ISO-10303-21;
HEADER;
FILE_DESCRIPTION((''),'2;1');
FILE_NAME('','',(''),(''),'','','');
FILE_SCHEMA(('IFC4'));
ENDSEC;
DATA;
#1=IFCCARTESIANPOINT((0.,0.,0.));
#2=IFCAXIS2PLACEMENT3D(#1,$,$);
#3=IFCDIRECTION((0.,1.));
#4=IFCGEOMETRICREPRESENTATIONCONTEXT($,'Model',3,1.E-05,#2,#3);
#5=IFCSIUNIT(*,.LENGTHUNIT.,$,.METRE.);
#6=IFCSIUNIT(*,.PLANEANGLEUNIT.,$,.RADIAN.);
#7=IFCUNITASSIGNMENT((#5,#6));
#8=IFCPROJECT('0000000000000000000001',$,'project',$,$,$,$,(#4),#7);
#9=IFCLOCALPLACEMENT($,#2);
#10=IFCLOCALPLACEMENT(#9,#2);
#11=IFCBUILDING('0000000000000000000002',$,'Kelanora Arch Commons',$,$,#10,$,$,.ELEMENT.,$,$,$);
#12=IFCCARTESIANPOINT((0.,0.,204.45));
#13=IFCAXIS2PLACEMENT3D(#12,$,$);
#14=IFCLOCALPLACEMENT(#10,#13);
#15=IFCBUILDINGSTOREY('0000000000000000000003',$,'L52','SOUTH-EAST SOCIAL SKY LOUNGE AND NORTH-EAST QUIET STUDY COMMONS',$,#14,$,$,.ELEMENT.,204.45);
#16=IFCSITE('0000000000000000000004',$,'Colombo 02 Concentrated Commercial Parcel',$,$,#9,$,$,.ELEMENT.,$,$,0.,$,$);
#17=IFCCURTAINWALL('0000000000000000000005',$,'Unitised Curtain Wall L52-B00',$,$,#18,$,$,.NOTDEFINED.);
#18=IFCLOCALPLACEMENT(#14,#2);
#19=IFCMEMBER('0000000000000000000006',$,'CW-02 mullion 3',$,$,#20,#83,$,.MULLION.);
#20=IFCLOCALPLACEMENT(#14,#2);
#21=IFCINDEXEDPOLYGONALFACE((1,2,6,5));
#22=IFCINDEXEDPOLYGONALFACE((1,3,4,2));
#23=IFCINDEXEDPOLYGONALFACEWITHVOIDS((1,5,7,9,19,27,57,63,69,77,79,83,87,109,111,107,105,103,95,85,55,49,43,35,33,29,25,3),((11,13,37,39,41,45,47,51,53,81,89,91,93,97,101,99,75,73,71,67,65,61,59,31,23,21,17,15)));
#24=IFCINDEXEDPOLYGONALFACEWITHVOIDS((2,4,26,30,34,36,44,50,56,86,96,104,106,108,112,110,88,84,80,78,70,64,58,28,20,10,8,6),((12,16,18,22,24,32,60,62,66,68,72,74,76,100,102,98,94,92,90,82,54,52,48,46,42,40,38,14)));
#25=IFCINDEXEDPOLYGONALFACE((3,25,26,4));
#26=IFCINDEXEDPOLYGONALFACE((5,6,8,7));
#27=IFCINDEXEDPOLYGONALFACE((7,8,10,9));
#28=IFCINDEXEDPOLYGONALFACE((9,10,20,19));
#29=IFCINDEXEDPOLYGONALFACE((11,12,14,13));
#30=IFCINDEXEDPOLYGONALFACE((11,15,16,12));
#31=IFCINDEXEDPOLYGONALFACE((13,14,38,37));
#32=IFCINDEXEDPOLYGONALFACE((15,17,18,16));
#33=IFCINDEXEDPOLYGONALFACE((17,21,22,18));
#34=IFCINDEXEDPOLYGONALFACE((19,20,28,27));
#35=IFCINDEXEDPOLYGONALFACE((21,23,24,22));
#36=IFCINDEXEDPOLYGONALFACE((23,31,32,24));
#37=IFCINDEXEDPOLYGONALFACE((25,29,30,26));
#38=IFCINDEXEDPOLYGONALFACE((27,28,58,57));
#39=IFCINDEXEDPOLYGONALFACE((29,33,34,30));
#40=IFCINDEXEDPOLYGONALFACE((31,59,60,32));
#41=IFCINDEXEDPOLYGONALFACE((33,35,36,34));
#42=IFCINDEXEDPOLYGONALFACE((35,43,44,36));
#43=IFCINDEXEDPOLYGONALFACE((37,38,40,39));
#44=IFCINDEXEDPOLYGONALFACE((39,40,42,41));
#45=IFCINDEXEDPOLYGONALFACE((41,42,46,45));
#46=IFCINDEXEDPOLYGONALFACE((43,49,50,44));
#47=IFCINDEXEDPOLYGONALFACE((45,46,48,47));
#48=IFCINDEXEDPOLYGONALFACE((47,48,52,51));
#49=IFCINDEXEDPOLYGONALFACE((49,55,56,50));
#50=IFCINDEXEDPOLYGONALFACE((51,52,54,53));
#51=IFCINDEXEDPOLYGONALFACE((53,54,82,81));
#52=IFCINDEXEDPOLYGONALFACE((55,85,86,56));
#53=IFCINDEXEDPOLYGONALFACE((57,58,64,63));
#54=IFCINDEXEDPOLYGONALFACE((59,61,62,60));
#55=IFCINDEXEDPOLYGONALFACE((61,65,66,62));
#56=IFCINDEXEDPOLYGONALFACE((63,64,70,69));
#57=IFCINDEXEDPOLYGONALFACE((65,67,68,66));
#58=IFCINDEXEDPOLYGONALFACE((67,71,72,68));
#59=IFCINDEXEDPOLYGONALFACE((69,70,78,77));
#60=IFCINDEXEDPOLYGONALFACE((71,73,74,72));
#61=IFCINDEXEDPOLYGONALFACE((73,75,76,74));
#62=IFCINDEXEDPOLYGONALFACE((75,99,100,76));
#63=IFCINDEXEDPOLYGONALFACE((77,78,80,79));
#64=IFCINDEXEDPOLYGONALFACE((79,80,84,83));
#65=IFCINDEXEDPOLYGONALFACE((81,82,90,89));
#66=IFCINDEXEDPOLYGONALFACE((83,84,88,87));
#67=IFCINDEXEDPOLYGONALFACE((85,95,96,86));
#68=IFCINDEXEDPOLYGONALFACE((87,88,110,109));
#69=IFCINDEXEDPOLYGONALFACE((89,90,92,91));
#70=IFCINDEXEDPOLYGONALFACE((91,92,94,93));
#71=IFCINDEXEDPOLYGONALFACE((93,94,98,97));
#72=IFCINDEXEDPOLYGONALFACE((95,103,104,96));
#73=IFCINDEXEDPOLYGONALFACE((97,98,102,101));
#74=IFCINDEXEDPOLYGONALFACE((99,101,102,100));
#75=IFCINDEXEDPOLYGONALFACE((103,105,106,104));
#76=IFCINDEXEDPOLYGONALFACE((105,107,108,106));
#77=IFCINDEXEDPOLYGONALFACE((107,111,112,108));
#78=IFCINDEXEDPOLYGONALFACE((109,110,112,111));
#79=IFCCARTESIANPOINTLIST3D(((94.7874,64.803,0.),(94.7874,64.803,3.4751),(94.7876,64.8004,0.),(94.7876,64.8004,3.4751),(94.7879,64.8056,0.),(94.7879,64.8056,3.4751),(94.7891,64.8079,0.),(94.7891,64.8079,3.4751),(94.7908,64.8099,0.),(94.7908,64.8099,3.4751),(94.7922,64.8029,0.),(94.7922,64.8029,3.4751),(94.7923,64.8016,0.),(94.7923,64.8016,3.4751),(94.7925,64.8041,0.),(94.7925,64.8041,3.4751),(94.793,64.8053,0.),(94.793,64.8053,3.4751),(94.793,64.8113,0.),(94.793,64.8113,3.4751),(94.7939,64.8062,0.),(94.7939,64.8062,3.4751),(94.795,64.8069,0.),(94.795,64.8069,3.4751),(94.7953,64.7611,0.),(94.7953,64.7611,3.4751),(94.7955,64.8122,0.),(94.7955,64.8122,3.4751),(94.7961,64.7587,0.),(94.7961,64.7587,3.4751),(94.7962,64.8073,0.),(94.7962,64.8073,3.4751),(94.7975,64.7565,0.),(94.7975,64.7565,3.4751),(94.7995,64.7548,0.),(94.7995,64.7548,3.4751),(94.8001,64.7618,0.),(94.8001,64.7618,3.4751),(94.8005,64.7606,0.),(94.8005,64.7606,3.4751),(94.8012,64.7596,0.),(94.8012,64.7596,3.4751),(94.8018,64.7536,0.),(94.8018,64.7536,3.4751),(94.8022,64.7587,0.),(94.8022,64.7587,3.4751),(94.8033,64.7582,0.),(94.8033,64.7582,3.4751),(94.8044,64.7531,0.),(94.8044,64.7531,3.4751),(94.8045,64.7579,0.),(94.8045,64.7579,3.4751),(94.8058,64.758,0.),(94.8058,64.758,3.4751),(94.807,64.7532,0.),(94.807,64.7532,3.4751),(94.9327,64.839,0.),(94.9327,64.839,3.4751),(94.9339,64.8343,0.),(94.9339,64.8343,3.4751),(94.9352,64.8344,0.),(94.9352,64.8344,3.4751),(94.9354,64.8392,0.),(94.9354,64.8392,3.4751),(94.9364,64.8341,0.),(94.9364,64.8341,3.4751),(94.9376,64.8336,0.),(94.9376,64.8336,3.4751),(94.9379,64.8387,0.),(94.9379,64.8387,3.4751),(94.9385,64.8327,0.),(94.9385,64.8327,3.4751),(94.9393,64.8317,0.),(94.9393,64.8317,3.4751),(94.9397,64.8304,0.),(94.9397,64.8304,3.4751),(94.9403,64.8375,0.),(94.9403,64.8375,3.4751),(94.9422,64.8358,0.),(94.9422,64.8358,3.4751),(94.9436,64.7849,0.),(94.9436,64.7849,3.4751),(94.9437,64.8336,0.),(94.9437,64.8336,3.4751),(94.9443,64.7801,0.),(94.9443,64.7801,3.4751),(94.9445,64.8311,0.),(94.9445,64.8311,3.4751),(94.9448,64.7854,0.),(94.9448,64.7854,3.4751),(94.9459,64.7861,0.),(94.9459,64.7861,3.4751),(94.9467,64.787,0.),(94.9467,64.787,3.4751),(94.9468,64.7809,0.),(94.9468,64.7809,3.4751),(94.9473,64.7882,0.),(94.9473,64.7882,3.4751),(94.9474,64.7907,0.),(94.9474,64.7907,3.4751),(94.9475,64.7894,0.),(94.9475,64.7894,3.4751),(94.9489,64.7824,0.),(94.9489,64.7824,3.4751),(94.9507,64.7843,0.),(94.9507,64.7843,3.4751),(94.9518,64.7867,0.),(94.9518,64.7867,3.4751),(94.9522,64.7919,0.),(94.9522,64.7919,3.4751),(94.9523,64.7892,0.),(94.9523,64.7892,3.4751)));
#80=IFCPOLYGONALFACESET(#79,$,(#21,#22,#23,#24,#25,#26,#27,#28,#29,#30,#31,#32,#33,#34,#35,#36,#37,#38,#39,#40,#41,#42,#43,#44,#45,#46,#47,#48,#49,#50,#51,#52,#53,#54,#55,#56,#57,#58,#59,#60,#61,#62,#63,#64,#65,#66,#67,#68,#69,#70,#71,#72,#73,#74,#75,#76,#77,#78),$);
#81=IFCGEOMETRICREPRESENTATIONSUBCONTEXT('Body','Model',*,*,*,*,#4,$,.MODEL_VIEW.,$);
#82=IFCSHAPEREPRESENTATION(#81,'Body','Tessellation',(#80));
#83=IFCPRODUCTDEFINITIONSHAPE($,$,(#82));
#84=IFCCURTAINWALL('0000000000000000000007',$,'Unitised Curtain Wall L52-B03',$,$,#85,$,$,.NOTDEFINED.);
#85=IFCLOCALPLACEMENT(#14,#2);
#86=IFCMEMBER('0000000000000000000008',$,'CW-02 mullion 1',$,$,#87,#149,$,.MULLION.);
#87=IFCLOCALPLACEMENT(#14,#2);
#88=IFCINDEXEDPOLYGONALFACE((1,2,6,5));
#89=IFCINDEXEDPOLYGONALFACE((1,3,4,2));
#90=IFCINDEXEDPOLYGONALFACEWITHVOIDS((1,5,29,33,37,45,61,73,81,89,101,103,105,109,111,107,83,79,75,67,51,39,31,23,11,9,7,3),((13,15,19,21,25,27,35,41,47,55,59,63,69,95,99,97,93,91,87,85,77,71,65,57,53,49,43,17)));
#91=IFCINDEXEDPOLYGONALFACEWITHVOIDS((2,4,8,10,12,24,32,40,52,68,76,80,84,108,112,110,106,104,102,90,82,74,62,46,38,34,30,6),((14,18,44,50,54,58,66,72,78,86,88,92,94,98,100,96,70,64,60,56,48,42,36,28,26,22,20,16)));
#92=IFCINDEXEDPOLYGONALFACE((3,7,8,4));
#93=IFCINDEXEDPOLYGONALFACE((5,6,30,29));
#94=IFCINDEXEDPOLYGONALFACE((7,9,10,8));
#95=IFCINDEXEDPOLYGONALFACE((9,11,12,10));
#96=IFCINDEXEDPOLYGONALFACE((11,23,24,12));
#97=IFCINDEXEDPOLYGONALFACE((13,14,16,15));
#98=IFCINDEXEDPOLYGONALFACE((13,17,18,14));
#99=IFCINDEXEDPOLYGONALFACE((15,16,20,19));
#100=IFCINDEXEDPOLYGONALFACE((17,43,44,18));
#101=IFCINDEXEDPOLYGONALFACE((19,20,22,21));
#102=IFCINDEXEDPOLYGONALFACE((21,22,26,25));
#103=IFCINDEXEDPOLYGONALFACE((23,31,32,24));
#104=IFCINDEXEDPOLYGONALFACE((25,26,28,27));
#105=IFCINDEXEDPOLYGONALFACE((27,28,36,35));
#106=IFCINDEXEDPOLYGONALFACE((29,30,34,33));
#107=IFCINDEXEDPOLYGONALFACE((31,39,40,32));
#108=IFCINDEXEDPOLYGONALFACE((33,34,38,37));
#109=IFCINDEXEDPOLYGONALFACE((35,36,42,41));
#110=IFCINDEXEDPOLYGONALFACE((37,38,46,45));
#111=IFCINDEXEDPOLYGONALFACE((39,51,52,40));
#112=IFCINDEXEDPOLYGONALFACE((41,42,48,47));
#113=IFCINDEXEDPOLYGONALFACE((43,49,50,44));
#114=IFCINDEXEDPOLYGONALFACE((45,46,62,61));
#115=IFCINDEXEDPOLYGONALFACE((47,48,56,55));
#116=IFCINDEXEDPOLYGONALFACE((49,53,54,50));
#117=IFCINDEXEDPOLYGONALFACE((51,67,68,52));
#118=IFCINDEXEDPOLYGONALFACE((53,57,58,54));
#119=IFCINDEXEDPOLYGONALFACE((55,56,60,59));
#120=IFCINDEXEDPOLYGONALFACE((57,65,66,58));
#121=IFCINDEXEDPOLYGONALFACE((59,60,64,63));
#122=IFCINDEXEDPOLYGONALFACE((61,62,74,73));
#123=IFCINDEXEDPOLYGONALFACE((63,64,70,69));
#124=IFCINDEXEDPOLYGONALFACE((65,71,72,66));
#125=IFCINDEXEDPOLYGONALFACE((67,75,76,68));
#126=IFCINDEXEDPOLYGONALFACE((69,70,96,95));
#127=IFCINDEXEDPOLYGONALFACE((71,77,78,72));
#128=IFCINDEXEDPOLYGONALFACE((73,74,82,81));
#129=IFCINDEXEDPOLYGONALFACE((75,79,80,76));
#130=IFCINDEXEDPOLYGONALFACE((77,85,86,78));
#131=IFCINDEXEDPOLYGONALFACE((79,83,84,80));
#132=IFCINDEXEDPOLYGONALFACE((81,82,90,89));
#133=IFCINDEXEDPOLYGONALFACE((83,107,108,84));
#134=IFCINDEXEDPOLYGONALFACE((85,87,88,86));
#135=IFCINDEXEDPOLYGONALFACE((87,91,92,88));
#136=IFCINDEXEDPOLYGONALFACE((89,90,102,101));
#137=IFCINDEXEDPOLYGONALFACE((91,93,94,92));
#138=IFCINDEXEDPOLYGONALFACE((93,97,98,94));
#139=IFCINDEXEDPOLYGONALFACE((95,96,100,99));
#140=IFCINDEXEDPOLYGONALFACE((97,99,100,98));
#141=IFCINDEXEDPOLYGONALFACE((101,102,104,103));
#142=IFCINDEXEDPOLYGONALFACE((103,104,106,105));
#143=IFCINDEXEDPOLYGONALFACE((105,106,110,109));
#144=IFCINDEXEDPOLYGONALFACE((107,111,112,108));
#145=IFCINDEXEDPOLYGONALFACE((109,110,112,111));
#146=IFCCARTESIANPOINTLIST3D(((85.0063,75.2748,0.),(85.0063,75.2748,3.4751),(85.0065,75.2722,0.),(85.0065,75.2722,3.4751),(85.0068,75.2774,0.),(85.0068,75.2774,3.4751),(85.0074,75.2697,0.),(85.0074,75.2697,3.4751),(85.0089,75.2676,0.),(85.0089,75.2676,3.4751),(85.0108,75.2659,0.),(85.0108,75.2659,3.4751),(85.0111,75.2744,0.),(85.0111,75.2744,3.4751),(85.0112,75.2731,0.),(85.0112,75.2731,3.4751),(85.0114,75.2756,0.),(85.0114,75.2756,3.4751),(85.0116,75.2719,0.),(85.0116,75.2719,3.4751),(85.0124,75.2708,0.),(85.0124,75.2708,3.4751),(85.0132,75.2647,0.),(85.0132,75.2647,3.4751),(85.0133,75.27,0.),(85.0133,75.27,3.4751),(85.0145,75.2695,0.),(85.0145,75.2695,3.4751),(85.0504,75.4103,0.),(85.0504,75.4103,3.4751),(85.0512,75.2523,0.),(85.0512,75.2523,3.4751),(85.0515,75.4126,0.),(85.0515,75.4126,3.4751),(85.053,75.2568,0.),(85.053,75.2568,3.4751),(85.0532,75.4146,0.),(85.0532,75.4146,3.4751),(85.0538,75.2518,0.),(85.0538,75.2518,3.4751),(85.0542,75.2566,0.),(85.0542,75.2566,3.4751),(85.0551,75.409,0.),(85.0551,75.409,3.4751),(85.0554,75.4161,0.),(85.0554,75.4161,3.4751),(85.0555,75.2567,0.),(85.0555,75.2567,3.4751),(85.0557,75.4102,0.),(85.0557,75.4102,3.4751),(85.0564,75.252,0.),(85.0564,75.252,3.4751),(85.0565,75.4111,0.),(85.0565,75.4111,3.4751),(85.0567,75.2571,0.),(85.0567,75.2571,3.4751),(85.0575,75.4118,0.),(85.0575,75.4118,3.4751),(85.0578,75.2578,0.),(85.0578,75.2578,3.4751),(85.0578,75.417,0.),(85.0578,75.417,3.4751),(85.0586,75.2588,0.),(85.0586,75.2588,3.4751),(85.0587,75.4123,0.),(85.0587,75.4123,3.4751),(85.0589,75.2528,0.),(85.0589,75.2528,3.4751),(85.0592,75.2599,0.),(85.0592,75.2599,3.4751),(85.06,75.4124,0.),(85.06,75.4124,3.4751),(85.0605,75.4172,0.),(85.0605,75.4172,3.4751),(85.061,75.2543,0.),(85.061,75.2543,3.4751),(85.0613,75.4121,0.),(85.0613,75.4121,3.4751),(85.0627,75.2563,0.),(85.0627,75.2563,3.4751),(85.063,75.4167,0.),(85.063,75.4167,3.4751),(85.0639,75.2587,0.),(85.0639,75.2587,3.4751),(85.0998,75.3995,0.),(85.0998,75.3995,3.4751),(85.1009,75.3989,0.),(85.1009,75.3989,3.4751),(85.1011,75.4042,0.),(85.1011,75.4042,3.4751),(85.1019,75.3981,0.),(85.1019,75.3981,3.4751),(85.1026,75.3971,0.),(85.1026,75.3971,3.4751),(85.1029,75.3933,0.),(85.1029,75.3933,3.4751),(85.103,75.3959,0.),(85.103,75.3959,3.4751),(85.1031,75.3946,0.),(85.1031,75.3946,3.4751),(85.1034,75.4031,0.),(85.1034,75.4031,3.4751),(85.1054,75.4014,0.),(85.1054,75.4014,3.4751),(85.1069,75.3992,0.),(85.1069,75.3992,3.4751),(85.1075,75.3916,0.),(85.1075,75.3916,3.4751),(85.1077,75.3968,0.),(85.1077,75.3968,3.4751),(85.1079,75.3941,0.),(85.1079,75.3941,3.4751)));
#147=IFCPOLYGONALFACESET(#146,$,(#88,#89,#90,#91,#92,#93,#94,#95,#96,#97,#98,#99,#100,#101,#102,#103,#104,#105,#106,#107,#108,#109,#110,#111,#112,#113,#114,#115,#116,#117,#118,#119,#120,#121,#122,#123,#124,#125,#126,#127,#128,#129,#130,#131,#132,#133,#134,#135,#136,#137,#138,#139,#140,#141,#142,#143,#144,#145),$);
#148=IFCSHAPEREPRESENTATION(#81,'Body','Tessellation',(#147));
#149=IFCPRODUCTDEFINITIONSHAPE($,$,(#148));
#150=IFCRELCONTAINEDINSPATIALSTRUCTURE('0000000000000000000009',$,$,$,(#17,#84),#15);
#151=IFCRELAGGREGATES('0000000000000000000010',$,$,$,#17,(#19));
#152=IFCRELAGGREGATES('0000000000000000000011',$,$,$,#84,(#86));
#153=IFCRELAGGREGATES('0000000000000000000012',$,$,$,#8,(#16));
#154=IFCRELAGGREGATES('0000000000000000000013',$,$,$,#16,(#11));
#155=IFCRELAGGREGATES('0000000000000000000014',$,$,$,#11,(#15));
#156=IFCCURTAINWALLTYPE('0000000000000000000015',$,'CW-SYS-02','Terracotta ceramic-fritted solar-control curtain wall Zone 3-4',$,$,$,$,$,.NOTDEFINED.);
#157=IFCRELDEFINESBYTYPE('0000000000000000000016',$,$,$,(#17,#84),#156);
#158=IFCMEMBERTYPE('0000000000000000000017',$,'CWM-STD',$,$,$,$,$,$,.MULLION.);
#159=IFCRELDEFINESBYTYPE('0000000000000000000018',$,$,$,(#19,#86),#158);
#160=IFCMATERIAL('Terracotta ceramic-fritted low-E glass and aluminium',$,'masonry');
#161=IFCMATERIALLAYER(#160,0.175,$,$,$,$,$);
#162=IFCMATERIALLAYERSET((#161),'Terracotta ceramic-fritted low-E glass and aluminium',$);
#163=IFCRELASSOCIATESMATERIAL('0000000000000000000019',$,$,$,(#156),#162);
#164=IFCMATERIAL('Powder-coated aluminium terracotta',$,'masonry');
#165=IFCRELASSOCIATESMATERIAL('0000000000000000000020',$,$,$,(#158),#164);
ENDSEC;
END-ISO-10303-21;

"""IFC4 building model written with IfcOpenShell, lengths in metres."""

from ifc_helpers import new_model, si_unit, direction, frame, origin, origin_2d, place, context, subcontext, project, spatial, hollow_rectangle, extrude, material, layer, layer_set, material_profile, profile_set, type_object, element, aggregate, save


model = new_model("IFC4")

# Units and contexts
model_context = context("Model", 3, precision=1e-05, world=origin(), true_north=direction((0.0, 1.0)))
body_context = subcontext(model_context, "Body", "Model", "MODEL_VIEW")
ifc_project = project(units=[si_unit("LENGTHUNIT", "METRE"), si_unit("PLANEANGLEUNIT", "RADIAN")], contexts=[model_context])

# Site, building, storey
site_placement = place(None, origin())
site = spatial("IfcSite", under=ifc_project, at=site_placement, Name="Colombo 02 Concentrated Commercial Parcel", CompositionType="ELEMENT", RefElevation=0.0)
building_placement = place(site_placement, origin())
building = spatial("IfcBuilding", under=site, at=building_placement, Name="Kelanora Arch Commons", CompositionType="ELEMENT")
storey_placement = place(building_placement, frame((0.0, 0.0, 204.45)))
storey = spatial("IfcBuildingStorey", under=building, at=storey_placement, Name="L52", Description="SOUTH-EAST SOCIAL SKY LOUNGE AND NORTH-EAST QUIET STUDY COMMONS", CompositionType="ELEMENT", Elevation=204.45)

# Curtain wall, member
ifc_material_1 = material(Name="Terracotta ceramic-fritted low-E glass and aluminium", Category="masonry")
ifc_layer_1 = layer(ifc_material_1, 0.175)
ifc_layer_set_1 = layer_set([ifc_layer_1], Name="Terracotta ceramic-fritted low-E glass and aluminium")
curtain_wall_type = type_object("IfcCurtainWallType", Name="CW-SYS-02", Description="Terracotta ceramic-fritted solar-control curtain wall Zone 3-4", PredefinedType="NOTDEFINED", material=ifc_layer_set_1)
curtain_wall_1_placement = place(storey_placement, origin())
curtain_wall_1 = element("IfcCurtainWall", 1, at=curtain_wall_1_placement, inside=storey, type_object=curtain_wall_type, Name="Unitised Curtain Wall L52-B00", PredefinedType="NOTDEFINED")
ifc_material_2 = material(Name="Powder-coated aluminium terracotta", Category="masonry")
ifc_material_profile_1 = material_profile(ifc_material_2, hollow_rectangle(XDim=0.1599, YDim=0.0601, WallThickness=0.0049, InnerFilletRadius=0.0049, OuterFilletRadius=0.01, at=origin_2d()), Name="CWM160x60")
ifc_profile_set_1 = profile_set([ifc_material_profile_1], Name="Powder-coated aluminium terracotta")
member_type_1 = type_object("IfcMemberType", Name="CWM-STD", PredefinedType="MULLION", material=ifc_profile_set_1)
member_1_placement = place(storey_placement, frame((94.8699, 64.7961, 0.0), z_axis=(0.0, 0.0, 1.0), x_axis=(-0.981381, -0.192069, 0.0)))
member_1 = element("IfcMember", 2, at=member_1_placement, type_object=member_type_1, Name="CW-02 mullion 3", PredefinedType="MULLION", context=body_context, shape_type="SweptSolid", body=[
    extrude(hollow_rectangle(XDim=0.1599, YDim=0.0601, WallThickness=0.0049, InnerFilletRadius=0.0049, OuterFilletRadius=0.01, at=origin_2d()), origin(), (0.0, 0.0, 1.0), 3.4751),
])
aggregate(curtain_wall_1, [member_1])

# Curtain wall, member
curtain_wall_2_placement = place(storey_placement, origin())
curtain_wall_2 = element("IfcCurtainWall", 3, at=curtain_wall_2_placement, inside=storey, type_object=curtain_wall_type, Name="Unitised Curtain Wall L52-B03", PredefinedType="NOTDEFINED")
member_2_placement = place(storey_placement, frame((85.0571, 75.3345, 0.0), z_axis=(0.0, 0.0, 1.0), x_axis=(-0.311582, -0.950219, 0.0)))
member_2 = element("IfcMember", 4, at=member_2_placement, type_object=member_type_1, Name="CW-02 mullion 1", PredefinedType="MULLION", context=body_context, shape_type="SweptSolid", body=[
    extrude(hollow_rectangle(XDim=0.1599, YDim=0.0601, WallThickness=0.0049, InnerFilletRadius=0.0049, OuterFilletRadius=0.01, at=origin_2d()), origin(), (0.0, 0.0, 1.0), 3.4751),
])
aggregate(curtain_wall_2, [member_2])

save(model, "model.ifc")
